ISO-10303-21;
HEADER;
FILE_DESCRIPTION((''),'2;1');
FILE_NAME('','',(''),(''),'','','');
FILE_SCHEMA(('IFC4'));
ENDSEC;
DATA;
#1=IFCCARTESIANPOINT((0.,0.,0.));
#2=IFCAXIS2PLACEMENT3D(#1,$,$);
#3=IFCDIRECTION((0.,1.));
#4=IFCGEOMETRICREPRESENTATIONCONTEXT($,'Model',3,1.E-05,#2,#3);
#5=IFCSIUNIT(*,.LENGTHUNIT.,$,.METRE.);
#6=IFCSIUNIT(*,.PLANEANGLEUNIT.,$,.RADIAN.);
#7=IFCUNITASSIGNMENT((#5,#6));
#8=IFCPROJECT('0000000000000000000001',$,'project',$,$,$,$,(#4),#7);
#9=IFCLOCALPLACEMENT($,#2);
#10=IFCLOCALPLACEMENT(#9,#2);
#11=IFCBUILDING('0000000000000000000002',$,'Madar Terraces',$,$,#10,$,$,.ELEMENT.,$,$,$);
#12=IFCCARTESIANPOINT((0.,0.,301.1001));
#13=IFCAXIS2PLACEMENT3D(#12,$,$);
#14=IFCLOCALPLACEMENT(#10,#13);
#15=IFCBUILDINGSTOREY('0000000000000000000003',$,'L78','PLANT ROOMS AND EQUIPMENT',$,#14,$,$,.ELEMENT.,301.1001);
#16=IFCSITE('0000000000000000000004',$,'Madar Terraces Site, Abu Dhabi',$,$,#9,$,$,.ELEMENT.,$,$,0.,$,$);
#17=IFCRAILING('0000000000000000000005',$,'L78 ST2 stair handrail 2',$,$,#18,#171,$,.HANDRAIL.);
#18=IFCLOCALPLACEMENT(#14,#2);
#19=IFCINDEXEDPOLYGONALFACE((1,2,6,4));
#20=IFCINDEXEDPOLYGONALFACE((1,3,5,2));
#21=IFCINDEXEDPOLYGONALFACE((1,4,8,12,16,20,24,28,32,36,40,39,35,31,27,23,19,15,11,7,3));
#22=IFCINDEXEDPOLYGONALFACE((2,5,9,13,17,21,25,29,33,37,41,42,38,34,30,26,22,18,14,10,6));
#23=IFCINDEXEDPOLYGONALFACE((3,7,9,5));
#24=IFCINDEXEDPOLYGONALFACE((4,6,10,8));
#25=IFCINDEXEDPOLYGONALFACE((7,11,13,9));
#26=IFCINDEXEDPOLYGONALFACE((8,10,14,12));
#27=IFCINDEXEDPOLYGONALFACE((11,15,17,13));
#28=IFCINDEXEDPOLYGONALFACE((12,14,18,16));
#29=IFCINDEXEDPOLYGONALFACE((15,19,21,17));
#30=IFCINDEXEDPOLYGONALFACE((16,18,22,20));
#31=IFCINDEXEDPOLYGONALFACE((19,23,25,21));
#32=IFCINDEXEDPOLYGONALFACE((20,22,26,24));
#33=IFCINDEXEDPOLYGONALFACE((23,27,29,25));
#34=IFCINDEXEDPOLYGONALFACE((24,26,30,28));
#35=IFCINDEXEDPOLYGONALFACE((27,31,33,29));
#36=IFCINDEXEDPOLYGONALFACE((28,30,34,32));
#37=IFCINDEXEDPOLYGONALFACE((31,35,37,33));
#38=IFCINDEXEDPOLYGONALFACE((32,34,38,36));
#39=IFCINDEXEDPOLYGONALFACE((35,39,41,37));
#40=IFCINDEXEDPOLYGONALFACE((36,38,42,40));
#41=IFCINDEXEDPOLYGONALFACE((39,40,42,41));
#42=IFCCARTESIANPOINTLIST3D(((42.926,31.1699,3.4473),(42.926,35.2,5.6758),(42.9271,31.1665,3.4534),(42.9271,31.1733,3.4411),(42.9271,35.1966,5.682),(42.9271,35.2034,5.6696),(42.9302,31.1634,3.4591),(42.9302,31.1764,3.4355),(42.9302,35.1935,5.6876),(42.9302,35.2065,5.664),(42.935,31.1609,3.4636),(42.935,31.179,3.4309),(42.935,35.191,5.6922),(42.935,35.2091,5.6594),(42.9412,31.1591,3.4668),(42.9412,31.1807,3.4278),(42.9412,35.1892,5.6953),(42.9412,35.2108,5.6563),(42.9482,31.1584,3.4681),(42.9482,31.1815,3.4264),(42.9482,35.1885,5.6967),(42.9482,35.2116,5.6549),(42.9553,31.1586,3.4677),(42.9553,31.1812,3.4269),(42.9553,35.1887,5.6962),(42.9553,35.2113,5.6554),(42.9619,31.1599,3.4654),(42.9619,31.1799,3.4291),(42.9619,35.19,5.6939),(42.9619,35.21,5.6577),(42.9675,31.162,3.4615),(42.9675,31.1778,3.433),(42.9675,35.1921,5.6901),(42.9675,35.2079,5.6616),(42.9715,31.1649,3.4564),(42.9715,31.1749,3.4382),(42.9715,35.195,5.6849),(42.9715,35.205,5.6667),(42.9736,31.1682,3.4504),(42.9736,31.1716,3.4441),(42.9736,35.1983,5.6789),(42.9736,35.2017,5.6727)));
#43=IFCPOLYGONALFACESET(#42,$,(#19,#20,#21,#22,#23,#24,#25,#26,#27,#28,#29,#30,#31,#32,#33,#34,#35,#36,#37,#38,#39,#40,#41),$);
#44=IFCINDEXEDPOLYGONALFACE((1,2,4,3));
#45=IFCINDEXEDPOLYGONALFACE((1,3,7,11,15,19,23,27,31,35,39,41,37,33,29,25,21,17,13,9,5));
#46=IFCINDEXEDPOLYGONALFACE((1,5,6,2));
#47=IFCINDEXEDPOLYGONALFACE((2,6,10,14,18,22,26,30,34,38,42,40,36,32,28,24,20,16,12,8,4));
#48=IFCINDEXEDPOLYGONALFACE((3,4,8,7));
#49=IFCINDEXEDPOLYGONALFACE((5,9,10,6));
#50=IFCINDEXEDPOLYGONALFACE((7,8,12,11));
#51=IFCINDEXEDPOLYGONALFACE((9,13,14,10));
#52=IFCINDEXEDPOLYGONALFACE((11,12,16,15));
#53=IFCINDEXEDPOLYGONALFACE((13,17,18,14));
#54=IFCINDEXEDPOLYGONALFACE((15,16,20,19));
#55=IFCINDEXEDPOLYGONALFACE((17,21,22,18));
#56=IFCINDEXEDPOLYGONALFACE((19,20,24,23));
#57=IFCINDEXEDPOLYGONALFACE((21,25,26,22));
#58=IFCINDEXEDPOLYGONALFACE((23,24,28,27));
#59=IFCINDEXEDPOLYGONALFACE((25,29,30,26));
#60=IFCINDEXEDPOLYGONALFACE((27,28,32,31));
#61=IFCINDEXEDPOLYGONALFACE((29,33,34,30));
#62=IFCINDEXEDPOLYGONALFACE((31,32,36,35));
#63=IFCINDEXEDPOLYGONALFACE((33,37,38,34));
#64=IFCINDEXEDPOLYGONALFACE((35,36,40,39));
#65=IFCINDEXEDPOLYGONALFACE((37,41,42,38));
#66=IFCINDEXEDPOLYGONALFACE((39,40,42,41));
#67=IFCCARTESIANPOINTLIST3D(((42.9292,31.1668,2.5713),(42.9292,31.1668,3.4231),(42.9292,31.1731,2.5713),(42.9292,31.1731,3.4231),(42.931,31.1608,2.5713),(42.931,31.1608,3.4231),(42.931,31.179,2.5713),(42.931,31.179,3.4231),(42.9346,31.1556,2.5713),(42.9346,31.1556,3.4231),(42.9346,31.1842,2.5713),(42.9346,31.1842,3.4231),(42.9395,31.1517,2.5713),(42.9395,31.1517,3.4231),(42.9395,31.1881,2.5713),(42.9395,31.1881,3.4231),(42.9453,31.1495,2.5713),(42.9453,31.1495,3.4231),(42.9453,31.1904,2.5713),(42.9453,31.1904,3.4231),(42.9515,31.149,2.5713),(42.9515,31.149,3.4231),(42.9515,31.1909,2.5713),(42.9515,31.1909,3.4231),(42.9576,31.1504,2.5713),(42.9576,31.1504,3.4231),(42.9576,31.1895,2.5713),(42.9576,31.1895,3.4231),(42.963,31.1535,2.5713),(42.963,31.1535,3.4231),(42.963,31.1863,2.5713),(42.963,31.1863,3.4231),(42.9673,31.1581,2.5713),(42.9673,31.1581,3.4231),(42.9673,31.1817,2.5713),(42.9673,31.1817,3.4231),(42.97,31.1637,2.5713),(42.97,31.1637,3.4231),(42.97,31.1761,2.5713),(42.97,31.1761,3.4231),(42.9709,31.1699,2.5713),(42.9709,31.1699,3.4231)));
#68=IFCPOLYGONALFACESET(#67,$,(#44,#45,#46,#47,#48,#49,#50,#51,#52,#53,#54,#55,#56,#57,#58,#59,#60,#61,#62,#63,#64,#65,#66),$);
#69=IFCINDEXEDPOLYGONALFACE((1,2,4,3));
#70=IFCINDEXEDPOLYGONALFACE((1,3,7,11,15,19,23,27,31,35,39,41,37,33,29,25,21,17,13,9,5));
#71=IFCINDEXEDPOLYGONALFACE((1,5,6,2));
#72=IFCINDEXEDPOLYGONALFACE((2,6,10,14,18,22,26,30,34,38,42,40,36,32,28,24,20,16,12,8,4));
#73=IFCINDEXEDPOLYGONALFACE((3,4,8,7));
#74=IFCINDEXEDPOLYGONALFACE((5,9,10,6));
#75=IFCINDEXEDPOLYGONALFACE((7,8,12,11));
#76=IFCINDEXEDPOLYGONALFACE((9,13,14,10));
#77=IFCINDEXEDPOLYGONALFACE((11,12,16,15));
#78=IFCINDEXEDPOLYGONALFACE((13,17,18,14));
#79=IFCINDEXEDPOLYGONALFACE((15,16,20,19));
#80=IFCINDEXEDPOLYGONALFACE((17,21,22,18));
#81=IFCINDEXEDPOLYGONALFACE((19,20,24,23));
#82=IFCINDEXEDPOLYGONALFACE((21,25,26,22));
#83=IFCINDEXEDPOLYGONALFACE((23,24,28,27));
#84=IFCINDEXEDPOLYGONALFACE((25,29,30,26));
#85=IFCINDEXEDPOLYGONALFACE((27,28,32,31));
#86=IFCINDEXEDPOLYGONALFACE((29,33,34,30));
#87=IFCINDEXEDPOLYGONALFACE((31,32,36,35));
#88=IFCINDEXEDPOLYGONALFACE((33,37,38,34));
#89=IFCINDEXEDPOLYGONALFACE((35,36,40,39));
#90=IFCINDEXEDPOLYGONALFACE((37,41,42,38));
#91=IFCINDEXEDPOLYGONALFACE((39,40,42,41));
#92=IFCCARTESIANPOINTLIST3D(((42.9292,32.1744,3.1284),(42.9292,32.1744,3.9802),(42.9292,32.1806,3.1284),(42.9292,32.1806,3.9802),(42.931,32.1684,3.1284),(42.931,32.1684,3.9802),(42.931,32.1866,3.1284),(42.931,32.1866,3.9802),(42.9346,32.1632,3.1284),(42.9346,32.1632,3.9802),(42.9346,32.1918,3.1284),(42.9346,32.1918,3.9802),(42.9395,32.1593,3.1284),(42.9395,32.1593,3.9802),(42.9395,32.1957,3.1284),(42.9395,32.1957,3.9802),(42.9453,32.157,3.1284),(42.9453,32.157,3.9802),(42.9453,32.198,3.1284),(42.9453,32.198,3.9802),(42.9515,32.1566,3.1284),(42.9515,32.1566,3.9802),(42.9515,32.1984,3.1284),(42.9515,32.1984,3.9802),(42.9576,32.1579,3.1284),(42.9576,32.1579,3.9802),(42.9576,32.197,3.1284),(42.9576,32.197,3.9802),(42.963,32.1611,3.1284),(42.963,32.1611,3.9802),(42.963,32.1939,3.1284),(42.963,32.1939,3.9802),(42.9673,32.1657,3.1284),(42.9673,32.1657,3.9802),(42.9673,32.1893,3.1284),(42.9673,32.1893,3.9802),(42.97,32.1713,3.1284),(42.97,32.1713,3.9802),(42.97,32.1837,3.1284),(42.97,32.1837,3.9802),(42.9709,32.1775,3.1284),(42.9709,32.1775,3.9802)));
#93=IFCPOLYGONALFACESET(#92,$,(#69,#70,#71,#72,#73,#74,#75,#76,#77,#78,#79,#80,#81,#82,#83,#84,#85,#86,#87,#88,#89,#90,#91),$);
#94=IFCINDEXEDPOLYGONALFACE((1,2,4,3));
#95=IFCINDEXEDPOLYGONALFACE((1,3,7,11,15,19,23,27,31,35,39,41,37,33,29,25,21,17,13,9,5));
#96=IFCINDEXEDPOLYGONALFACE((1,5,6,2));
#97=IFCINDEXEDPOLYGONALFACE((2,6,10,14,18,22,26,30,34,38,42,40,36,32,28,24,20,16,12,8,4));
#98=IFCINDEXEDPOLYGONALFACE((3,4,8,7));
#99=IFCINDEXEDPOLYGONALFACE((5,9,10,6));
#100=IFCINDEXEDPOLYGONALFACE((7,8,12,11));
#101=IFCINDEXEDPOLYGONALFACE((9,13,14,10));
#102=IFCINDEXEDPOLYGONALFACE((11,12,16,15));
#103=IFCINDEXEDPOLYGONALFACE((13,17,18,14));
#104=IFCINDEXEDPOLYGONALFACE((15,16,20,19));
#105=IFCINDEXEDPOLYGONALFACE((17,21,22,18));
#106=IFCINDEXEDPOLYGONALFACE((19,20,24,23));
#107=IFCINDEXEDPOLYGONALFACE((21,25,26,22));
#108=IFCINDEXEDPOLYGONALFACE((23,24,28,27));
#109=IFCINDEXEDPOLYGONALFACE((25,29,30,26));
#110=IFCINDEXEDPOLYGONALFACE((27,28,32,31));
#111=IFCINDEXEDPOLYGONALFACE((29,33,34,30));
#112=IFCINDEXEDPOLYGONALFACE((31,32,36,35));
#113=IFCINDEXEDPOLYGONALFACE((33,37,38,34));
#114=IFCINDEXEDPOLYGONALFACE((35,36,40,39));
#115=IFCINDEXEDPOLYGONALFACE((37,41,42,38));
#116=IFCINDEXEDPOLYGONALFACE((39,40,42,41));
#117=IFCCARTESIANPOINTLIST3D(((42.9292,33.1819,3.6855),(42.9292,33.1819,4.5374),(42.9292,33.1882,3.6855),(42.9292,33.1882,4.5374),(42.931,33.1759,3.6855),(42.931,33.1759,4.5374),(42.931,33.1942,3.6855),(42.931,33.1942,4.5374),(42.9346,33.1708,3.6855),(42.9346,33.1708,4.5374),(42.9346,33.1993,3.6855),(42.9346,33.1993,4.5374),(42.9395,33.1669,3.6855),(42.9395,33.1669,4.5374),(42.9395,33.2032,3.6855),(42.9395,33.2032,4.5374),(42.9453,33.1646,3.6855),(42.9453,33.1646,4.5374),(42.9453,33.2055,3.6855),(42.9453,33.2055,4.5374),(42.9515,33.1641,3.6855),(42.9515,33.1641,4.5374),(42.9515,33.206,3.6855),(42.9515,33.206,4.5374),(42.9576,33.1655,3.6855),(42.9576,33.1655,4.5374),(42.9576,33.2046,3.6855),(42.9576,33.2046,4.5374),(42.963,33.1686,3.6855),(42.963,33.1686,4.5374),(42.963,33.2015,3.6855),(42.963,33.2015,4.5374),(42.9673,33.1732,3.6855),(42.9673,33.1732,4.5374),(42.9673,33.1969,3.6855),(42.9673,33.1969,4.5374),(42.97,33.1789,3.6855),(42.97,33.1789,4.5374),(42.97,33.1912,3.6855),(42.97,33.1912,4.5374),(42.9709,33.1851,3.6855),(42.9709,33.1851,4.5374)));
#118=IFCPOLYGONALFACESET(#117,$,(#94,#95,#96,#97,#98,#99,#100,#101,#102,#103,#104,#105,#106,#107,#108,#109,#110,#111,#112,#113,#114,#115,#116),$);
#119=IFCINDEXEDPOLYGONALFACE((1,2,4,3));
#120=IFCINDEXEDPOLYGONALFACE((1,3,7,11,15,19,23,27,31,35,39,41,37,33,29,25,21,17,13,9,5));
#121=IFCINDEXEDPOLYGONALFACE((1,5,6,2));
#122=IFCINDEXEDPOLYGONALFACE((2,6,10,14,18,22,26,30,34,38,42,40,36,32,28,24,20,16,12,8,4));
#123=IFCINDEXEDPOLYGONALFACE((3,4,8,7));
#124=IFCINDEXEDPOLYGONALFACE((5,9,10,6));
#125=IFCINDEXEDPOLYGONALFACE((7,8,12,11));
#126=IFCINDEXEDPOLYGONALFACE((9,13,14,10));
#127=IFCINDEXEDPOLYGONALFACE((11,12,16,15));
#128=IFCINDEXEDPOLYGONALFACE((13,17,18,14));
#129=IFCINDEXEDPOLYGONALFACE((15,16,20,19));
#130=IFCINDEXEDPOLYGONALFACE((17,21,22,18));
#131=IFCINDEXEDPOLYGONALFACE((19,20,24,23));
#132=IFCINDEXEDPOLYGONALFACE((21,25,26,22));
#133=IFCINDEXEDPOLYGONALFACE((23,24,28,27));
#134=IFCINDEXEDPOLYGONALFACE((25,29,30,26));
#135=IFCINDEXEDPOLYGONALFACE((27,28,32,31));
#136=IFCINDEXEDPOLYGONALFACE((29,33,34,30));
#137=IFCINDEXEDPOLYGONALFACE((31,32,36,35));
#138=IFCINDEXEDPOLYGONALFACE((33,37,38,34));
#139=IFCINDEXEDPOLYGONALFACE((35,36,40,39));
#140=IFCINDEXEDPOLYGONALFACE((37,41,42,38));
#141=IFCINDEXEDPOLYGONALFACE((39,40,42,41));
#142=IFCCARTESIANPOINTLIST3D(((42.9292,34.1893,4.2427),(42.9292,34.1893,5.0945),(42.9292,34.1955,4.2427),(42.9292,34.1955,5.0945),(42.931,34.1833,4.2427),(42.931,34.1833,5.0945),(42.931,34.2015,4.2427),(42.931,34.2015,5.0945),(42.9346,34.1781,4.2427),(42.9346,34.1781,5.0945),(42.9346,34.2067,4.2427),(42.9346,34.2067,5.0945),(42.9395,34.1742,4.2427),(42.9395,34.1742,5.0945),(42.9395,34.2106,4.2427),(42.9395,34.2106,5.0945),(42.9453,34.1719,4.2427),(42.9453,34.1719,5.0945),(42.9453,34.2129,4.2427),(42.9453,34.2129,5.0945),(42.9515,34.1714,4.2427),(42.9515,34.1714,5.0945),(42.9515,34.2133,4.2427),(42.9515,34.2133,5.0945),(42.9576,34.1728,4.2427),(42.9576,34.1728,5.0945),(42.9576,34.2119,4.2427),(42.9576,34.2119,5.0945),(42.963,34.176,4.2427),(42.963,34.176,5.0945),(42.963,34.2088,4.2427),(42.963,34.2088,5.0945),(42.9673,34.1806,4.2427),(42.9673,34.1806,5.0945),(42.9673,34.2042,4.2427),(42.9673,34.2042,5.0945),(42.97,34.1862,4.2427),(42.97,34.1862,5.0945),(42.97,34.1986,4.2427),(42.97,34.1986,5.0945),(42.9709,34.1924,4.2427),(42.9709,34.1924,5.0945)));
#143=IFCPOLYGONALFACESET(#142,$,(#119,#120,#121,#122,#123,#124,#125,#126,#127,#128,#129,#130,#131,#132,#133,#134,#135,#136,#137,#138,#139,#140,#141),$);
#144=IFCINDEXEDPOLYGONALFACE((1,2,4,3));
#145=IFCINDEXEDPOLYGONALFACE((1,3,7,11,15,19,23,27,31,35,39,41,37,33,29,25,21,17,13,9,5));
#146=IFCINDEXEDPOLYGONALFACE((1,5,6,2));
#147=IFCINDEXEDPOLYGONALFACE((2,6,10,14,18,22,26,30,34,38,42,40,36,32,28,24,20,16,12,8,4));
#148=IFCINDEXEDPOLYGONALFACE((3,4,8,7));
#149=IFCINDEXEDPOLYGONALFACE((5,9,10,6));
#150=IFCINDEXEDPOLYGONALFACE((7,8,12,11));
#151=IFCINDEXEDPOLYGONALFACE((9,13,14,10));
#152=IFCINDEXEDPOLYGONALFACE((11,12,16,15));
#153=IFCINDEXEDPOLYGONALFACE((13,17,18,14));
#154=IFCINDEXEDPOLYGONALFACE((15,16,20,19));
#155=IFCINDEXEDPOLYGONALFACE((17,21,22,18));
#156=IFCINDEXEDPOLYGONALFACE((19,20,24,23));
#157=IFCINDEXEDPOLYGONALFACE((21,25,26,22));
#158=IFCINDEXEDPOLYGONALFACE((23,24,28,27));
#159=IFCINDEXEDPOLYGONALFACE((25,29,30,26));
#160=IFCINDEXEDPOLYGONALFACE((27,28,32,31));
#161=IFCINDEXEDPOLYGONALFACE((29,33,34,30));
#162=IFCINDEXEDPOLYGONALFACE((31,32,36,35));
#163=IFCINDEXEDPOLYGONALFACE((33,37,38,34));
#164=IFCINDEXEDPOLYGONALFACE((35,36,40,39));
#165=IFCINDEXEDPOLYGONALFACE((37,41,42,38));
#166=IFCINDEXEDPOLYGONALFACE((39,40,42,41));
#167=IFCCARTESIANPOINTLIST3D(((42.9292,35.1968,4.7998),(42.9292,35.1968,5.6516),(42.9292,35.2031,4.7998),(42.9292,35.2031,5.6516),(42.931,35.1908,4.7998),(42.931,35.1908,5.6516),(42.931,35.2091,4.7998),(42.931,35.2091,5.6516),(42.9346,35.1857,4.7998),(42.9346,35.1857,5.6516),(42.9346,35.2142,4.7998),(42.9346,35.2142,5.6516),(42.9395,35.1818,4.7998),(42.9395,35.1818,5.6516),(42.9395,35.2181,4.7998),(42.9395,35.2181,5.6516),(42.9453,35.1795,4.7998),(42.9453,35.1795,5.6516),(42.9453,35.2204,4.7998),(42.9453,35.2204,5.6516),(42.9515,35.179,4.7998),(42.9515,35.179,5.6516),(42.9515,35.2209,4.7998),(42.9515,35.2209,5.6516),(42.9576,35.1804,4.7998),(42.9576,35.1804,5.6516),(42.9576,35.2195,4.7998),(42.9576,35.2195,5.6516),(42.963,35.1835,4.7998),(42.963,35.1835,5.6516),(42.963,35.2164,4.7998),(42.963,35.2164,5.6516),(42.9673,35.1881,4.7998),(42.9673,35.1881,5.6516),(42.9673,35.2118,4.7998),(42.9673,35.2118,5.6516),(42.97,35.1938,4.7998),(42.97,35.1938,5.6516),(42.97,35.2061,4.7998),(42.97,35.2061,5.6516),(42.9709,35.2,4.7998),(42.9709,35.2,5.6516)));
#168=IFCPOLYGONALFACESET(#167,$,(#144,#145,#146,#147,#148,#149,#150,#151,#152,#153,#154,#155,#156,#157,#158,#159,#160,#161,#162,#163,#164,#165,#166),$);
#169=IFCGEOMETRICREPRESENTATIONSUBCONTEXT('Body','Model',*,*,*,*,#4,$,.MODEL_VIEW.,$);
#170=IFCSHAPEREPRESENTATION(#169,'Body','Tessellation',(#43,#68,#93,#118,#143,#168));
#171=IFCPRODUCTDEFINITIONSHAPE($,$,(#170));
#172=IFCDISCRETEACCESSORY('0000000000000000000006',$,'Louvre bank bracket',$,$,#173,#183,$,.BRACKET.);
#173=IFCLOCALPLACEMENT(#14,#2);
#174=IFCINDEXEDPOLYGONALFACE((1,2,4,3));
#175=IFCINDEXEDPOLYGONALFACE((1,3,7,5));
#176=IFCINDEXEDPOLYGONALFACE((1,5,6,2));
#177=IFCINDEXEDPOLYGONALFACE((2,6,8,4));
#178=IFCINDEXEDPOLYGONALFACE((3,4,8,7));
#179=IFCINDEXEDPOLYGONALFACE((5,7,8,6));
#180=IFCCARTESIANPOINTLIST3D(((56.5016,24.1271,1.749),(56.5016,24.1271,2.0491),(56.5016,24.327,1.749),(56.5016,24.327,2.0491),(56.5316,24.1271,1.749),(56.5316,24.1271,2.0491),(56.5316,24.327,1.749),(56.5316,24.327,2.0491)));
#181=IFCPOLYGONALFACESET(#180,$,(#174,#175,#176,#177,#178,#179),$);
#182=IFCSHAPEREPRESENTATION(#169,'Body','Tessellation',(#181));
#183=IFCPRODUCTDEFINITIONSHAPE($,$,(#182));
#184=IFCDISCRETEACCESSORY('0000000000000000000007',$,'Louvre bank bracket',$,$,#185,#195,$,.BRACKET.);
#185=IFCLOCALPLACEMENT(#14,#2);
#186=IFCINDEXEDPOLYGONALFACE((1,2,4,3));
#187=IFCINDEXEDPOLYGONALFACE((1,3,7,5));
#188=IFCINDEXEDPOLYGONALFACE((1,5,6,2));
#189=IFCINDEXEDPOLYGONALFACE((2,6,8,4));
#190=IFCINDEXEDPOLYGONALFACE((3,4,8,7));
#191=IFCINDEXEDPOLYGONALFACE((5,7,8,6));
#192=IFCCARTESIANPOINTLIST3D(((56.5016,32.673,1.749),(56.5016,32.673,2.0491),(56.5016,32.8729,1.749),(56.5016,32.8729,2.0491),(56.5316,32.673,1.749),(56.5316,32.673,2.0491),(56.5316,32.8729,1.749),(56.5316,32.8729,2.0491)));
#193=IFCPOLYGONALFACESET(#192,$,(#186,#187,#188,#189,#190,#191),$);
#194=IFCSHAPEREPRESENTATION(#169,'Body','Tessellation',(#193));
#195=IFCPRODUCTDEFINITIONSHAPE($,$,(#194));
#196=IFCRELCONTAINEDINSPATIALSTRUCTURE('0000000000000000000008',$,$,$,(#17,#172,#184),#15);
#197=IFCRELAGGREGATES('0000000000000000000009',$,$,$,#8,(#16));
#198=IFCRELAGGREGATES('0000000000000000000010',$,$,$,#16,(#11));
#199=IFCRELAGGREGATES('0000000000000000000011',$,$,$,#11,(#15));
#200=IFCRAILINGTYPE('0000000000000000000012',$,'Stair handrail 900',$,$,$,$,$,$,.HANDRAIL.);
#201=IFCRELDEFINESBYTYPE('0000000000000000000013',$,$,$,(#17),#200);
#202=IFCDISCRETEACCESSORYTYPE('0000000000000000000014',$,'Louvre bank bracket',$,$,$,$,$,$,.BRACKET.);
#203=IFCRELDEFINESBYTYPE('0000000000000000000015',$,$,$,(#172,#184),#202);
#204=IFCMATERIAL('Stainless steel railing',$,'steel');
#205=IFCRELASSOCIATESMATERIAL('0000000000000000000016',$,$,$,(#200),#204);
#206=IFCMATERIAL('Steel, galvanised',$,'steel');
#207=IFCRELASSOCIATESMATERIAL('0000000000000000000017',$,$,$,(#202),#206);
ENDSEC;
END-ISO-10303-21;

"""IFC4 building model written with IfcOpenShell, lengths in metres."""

from ifc_helpers import new_model, si_unit, direction, frame, origin, origin_2d, place, context, subcontext, project, spatial, rectangle, circle, extrude, material, type_object, element, save


model = new_model("IFC4")

# Units and contexts
model_context = context("Model", 3, precision=1e-05, world=origin(), true_north=direction((0.0, 1.0)))
body_context = subcontext(model_context, "Body", "Model", "MODEL_VIEW")
ifc_project = project(units=[si_unit("LENGTHUNIT", "METRE"), si_unit("PLANEANGLEUNIT", "RADIAN")], contexts=[model_context])

# Site, building, storey
site_placement = place(None, origin())
site = spatial("IfcSite", under=ifc_project, at=site_placement, Name="Madar Terraces Site, Abu Dhabi", CompositionType="ELEMENT", RefElevation=0.0)
building_placement = place(site_placement, origin())
building = spatial("IfcBuilding", under=site, at=building_placement, Name="Madar Terraces", CompositionType="ELEMENT")
storey_placement = place(building_placement, frame((0.0, 0.0, 301.1001)))
storey = spatial("IfcBuildingStorey", under=building, at=storey_placement, Name="L78", Description="PLANT ROOMS AND EQUIPMENT", CompositionType="ELEMENT", Elevation=301.1001)

# Railing
ifc_material_1 = material(Name="Stainless steel railing", Category="steel")
railing_type_1 = type_object("IfcRailingType", Name="Stair handrail 900", PredefinedType="HANDRAIL", material=ifc_material_1)
railing_1_placement = place(storey_placement, frame((42.95, 31.1699, 2.5713)))
element("IfcRailing", 1, at=railing_1_placement, inside=storey, type_object=railing_type_1, Name="L78 ST2 stair handrail 2", PredefinedType="HANDRAIL", context=body_context, shape_type="SweptSolid", body=[
    extrude(circle(Radius=0.0239, at=origin_2d()), frame((0.0, 0.0, 0.876), z_axis=(0.0, 0.875113, 0.483918), x_axis=(-1.0, 0.0, 0.0)), (0.0, 0.0, 1.0), 4.6052),
    extrude(circle(Radius=0.021, at=origin_2d()), origin(), (0.0, 0.0, 1.0), 0.8518),
    extrude(circle(Radius=0.021, at=origin_2d()), frame((0.0, 1.0076, 0.5571)), (0.0, 0.0, 1.0), 0.8518),
    extrude(circle(Radius=0.021, at=origin_2d()), frame((0.0, 2.0151, 1.1143)), (0.0, 0.0, 1.0), 0.8518),
    extrude(circle(Radius=0.021, at=origin_2d()), frame((0.0, 3.0225, 1.6714)), (0.0, 0.0, 1.0), 0.8518),
    extrude(circle(Radius=0.021, at=origin_2d()), frame((0.0, 4.03, 2.2285)), (0.0, 0.0, 1.0), 0.8518),
])

# Discrete accessories
ifc_material_2 = material(Name="Steel, galvanised", Category="steel")
discrete_accessory_type = type_object("IfcDiscreteAccessoryType", Name="Louvre bank bracket", PredefinedType="BRACKET", material=ifc_material_2)
for number, where, z_axis, x_axis, name in (
    (2, (56.5166, 24.2271, 1.749), (0.0, 0.0, 1.0), (0.0, 1.0, 0.0), "Louvre bank bracket"),
    (3, (56.5166, 32.7729, 1.749), (0.0, 0.0, 1.0), (0.0, 1.0, 0.0), "Louvre bank bracket"),
):
    element("IfcDiscreteAccessory", number, at=place(storey_placement, frame(where, z_axis=z_axis, x_axis=x_axis)), inside=storey, type_object=discrete_accessory_type, Name=name, PredefinedType="BRACKET", context=body_context, shape_type="SweptSolid", body=[
        extrude(rectangle(XDim=0.2, YDim=0.03, at=origin_2d()), origin(), (0.0, 0.0, 1.0), 0.3),
    ])

save(model, "model.ifc")
